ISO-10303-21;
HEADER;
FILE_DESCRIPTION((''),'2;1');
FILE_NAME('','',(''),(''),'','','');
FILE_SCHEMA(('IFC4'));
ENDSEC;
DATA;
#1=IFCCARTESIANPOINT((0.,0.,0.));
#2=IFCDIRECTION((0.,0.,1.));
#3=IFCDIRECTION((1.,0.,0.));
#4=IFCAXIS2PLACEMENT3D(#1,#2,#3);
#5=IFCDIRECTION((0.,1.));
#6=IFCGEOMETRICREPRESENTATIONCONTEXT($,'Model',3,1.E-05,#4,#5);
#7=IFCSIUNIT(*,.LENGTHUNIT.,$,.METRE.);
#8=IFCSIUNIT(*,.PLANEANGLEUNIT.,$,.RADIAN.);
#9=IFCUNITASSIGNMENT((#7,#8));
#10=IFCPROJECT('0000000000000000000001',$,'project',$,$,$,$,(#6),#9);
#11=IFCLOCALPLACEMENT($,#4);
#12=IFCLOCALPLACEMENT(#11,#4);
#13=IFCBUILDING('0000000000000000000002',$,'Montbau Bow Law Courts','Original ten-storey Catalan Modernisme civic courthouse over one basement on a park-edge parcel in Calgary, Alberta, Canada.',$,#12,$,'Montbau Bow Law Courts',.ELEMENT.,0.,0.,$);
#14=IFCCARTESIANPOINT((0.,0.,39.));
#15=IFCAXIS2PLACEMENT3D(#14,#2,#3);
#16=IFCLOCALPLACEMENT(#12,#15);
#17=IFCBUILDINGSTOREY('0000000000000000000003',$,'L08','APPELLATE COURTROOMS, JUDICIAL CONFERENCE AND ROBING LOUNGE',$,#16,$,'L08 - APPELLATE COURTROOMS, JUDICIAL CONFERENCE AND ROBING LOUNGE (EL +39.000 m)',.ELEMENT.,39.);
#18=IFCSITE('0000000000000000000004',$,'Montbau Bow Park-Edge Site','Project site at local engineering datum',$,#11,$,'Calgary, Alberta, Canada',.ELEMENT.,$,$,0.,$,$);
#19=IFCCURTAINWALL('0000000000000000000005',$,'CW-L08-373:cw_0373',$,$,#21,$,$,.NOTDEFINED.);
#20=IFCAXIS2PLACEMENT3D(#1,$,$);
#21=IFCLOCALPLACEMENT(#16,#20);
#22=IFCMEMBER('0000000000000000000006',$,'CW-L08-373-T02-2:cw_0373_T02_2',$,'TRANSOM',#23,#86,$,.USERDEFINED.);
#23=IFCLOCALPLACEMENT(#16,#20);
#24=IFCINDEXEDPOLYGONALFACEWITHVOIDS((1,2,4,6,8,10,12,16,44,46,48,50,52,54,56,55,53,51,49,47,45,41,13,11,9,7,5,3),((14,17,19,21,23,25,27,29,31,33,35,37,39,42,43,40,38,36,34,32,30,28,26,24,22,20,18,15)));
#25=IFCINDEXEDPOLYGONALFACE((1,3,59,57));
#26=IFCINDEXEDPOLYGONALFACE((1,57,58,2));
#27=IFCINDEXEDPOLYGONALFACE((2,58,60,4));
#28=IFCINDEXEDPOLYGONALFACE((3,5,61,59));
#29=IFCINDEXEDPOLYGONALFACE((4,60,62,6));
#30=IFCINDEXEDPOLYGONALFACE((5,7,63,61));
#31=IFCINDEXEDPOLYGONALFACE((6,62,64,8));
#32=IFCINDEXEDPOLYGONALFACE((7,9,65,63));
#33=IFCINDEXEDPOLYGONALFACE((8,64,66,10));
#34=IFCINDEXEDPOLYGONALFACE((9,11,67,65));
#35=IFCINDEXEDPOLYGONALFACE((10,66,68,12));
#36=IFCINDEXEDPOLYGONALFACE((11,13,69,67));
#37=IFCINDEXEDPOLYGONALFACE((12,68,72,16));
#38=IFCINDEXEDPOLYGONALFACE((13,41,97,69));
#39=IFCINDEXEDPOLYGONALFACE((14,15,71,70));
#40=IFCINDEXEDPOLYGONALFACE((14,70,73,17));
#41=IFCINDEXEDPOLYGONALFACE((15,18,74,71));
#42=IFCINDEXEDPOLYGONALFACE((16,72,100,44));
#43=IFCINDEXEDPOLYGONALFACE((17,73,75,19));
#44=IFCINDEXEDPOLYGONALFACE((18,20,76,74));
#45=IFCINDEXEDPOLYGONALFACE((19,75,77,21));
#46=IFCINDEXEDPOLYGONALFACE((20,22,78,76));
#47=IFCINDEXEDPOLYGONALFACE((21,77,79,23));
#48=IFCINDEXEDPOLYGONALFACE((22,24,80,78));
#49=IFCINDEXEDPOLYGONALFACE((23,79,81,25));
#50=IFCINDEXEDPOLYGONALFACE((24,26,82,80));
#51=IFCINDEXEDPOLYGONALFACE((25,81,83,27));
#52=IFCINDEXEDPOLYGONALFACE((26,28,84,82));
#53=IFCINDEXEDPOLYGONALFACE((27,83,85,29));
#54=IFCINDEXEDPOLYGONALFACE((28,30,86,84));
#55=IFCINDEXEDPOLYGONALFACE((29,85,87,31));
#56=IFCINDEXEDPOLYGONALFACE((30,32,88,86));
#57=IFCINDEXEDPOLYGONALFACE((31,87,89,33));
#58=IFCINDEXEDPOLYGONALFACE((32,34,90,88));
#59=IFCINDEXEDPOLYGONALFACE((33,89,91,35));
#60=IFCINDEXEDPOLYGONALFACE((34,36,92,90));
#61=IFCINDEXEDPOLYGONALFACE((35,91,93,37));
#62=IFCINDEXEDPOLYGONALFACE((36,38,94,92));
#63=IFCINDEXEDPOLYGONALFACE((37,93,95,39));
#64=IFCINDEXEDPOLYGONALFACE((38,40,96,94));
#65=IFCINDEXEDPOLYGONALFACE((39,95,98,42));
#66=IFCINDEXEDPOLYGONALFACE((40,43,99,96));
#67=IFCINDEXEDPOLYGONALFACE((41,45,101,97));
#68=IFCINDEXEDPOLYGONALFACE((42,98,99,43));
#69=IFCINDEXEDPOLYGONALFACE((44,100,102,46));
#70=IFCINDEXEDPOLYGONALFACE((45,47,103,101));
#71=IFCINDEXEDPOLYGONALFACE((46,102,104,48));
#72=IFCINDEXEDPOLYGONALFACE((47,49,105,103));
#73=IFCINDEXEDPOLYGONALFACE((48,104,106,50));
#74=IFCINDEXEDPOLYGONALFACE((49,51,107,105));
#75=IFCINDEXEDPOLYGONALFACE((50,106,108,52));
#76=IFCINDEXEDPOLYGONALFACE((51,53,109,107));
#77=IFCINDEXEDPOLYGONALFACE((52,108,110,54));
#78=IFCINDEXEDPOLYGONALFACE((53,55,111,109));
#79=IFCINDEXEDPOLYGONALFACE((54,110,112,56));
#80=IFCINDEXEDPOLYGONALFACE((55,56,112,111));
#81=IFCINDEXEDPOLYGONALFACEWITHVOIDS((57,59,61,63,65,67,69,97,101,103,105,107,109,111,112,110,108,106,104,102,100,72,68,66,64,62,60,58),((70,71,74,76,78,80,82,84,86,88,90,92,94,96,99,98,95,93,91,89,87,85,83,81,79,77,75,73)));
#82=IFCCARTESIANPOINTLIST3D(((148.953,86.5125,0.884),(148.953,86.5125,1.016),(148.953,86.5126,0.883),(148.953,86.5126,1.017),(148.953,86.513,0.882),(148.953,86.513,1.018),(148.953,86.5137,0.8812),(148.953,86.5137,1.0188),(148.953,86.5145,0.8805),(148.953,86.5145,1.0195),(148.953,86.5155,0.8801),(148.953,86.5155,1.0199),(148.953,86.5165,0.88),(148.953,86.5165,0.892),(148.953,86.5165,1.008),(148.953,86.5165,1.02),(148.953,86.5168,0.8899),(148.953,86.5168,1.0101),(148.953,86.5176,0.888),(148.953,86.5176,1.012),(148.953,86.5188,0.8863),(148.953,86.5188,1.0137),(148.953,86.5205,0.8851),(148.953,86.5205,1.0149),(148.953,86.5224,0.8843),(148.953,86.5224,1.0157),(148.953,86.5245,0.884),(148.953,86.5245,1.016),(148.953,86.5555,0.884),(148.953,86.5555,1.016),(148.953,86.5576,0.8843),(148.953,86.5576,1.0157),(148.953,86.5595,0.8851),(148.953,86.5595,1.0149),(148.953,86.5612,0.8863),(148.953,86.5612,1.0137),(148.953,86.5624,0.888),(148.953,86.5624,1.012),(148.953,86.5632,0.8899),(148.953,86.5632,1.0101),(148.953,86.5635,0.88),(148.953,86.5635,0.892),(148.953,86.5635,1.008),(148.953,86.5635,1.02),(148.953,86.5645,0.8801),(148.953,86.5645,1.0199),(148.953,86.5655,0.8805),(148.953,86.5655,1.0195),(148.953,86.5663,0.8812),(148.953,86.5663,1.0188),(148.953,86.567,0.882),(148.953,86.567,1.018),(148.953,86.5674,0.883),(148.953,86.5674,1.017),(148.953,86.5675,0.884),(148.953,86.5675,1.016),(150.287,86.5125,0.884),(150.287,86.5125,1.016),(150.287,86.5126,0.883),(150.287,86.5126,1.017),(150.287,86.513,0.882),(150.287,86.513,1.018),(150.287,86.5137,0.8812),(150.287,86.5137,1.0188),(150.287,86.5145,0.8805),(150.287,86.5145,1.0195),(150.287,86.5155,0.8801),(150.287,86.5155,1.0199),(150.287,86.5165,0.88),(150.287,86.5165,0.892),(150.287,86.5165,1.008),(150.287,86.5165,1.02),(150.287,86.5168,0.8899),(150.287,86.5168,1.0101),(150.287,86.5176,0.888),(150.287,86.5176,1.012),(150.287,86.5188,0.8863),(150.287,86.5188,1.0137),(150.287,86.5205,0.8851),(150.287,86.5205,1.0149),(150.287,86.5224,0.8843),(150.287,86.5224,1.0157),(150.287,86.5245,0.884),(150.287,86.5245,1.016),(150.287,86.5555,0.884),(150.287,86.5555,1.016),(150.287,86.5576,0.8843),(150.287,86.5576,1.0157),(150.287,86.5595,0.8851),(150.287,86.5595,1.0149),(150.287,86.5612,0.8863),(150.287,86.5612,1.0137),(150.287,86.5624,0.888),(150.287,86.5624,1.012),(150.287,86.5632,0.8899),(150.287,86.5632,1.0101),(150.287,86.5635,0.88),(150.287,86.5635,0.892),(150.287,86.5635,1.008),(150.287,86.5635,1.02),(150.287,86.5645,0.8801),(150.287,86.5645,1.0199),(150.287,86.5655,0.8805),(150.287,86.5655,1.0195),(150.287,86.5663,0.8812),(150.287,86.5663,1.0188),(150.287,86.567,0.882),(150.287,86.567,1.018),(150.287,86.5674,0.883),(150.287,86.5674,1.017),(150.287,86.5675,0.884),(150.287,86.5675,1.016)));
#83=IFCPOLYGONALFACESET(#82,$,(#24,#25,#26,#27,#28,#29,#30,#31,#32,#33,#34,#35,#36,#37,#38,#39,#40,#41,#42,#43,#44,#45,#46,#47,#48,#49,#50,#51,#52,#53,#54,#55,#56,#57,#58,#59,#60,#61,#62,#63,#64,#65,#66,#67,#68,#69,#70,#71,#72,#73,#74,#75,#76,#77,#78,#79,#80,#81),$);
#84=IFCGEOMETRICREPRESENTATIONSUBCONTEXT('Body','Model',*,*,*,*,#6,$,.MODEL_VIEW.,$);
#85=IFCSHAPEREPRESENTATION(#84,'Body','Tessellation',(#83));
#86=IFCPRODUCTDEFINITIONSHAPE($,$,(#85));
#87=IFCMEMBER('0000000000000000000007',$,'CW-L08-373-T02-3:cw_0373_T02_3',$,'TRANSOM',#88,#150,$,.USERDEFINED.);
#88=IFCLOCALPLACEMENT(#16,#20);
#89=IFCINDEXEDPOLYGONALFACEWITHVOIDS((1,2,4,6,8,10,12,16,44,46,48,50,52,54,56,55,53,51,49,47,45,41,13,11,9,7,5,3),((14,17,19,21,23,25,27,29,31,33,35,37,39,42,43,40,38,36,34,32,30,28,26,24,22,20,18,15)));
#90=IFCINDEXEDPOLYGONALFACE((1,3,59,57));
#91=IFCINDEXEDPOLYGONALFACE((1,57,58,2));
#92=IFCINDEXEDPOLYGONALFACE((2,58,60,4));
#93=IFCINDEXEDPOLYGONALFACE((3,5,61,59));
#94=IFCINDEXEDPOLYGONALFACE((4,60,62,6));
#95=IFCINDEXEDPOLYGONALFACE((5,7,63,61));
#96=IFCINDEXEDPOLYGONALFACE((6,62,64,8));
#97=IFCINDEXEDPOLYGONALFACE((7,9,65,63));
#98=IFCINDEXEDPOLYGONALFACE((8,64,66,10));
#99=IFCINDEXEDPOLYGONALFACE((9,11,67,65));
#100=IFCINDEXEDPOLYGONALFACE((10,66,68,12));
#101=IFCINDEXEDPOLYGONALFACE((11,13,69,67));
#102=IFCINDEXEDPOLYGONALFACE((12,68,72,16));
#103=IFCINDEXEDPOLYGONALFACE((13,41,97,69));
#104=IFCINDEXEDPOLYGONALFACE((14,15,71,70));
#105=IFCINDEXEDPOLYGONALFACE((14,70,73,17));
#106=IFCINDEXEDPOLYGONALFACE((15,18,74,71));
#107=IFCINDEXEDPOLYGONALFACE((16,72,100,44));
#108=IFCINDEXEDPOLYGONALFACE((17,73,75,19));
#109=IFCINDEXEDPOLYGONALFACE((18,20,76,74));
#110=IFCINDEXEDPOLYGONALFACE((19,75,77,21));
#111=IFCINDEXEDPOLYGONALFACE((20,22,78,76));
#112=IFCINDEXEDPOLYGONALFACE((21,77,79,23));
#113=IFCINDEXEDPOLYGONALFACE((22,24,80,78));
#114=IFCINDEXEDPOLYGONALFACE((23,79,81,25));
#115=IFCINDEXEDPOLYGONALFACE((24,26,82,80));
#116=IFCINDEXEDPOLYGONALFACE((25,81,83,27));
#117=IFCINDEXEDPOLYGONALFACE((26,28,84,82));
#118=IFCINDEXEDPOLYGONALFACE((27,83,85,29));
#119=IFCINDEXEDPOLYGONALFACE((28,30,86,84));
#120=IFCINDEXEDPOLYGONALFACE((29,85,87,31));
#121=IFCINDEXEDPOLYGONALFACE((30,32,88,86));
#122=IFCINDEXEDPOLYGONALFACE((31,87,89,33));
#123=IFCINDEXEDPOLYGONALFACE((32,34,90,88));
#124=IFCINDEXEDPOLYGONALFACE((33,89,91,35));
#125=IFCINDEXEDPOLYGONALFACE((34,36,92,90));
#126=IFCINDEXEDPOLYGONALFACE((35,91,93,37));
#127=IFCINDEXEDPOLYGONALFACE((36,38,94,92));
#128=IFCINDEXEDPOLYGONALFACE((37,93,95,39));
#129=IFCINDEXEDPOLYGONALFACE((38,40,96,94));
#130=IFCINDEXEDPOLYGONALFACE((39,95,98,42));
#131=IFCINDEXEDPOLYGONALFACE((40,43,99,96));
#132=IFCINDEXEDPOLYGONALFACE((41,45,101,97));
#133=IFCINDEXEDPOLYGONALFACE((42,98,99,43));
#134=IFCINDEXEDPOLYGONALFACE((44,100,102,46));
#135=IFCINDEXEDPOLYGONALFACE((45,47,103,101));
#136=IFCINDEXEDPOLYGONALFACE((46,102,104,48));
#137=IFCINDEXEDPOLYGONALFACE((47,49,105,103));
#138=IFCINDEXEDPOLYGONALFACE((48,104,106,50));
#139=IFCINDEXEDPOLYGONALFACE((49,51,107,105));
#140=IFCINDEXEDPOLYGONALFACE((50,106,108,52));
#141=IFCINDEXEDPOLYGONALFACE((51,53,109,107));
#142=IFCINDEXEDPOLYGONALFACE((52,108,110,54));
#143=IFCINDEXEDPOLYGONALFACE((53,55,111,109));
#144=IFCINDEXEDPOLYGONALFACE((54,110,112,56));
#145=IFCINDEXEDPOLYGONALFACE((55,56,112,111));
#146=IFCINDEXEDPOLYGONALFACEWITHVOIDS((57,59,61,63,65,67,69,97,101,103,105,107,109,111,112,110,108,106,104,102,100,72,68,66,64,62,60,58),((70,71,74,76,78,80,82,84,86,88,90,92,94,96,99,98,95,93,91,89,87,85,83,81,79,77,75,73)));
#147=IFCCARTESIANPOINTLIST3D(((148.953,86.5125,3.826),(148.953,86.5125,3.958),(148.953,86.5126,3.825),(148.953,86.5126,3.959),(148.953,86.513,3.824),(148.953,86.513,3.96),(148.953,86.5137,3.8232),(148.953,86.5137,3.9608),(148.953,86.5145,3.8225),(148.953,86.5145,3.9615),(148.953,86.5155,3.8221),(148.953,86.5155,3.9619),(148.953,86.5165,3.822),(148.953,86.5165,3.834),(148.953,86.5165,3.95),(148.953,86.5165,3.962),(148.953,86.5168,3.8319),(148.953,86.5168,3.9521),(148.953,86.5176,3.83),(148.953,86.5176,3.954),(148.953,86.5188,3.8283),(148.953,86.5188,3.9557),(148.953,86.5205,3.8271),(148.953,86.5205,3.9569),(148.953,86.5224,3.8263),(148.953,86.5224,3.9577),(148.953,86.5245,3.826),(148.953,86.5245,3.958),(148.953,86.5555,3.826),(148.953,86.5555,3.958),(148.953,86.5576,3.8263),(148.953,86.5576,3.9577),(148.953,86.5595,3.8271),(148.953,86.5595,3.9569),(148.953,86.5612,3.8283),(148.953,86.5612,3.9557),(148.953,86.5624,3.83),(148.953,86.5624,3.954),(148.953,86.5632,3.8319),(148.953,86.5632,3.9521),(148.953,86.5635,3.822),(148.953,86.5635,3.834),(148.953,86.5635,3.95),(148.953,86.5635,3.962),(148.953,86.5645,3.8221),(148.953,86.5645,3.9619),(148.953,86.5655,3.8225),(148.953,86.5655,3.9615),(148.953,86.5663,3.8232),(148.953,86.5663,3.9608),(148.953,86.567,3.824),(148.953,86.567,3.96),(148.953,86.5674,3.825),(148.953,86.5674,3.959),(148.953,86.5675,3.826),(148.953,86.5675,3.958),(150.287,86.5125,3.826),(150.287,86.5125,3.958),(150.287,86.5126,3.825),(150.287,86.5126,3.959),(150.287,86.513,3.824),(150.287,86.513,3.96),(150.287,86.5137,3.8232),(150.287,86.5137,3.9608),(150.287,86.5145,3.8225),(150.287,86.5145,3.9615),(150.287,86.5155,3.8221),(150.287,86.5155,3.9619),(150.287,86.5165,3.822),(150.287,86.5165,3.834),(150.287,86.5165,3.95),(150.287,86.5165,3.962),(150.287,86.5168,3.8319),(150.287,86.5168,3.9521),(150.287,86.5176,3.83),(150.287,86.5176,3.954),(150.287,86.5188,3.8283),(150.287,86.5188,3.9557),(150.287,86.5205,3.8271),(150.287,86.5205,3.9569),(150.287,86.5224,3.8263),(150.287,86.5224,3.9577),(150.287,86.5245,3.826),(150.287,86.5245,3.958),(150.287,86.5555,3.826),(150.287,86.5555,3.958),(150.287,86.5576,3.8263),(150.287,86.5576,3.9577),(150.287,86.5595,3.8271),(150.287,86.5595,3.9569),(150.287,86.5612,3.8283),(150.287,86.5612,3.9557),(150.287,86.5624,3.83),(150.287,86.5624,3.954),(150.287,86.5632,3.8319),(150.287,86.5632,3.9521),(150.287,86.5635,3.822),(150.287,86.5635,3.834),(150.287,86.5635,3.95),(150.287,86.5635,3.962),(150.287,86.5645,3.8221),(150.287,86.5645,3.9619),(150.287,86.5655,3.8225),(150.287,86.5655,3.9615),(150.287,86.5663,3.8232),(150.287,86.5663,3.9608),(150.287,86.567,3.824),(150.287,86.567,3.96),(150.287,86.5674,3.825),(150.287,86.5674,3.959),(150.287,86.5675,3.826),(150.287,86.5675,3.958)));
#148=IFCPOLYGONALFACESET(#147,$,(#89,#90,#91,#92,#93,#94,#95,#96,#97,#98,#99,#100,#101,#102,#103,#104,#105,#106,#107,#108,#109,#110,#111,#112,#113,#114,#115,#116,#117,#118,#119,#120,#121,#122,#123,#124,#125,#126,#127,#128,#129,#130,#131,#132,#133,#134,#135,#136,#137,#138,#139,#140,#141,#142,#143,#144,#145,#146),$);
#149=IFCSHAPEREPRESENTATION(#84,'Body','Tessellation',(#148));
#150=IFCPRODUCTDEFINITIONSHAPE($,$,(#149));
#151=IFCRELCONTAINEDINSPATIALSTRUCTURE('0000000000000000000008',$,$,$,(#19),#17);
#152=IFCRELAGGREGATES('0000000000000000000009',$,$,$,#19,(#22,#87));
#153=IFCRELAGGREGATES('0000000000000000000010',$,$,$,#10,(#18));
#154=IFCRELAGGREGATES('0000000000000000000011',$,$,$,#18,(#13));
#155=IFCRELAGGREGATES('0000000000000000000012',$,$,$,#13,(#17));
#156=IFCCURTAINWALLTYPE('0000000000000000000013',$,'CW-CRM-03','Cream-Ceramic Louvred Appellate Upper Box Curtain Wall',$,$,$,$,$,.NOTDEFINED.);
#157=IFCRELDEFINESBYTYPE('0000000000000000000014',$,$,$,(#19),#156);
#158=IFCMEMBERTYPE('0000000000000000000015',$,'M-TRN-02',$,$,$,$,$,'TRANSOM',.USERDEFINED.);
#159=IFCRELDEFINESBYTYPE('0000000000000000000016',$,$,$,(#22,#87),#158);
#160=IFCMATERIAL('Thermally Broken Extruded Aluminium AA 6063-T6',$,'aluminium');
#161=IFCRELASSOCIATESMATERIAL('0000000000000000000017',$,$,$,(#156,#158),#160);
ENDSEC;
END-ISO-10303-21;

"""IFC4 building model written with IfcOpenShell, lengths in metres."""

from ifc_helpers import new_model, si_unit, direction, frame, origin_with_axes, origin_2d_with_axis, place, context, subcontext, project, spatial, hollow_rectangle, extrude, material, material_profile, profile_set, type_object, element, aggregate, save


model = new_model("IFC4")

# Units and contexts
model_context = context("Model", 3, precision=1e-05, world=origin_with_axes(), true_north=direction((0.0, 1.0)))
body_context = subcontext(model_context, "Body", "Model", "MODEL_VIEW")
ifc_project = project(units=[si_unit("LENGTHUNIT", "METRE"), si_unit("PLANEANGLEUNIT", "RADIAN")], contexts=[model_context])

# Site, building, storey
site_placement = place(None, origin_with_axes())
site = spatial("IfcSite", under=ifc_project, at=site_placement, Name="Montbau Bow Park-Edge Site", Description="Project site at local engineering datum", LongName="Calgary, Alberta, Canada", CompositionType="ELEMENT", RefElevation=0.0)
building_placement = place(site_placement, origin_with_axes())
building = spatial("IfcBuilding", under=site, at=building_placement, Name="Montbau Bow Law Courts", Description="Original ten-storey Catalan Modernisme civic courthouse over one basement on a park-edge parcel in Calgary, Alberta, Canada.", LongName="Montbau Bow Law Courts", CompositionType="ELEMENT", ElevationOfRefHeight=0.0, ElevationOfTerrain=0.0)
storey_placement = place(building_placement, frame((0.0, 0.0, 39.0), z_axis=(0.0, 0.0, 1.0), x_axis=(1.0, 0.0, 0.0)))
storey = spatial("IfcBuildingStorey", under=building, at=storey_placement, Name="L08", Description="APPELLATE COURTROOMS, JUDICIAL CONFERENCE AND ROBING LOUNGE", LongName="L08 - APPELLATE COURTROOMS, JUDICIAL CONFERENCE AND ROBING LOUNGE (EL +39.000 m)", CompositionType="ELEMENT", Elevation=39.0)

# Shared definitions
ifc_material_1 = material(Name="Thermally Broken Extruded Aluminium AA 6063-T6", Category="aluminium")
curtain_wall_type = type_object("IfcCurtainWallType", Name="CW-CRM-03", Description="Cream-Ceramic Louvred Appellate Upper Box Curtain Wall", PredefinedType="NOTDEFINED", material=ifc_material_1)

# Curtain wall, members
curtain_wall_1_placement = place(None, frame((147.515, 86.54, 39.0), z_axis=(0.0, 0.0, 1.0), x_axis=(1.0, 0.0, 0.0)))
curtain_wall_1 = element("IfcCurtainWall", 1, at=curtain_wall_1_placement, inside=storey, type_object=curtain_wall_type, Name="CW-L08-373:cw_0373", PredefinedType="NOTDEFINED")
ifc_material_profile_1 = material_profile(ifc_material_1, hollow_rectangle(XDim=0.055, YDim=0.14, WallThickness=0.004, InnerFilletRadius=0.008, OuterFilletRadius=0.004, at=origin_2d_with_axis()), Name="CWT-140X55", Category="Main", Priority=0)
ifc_profile_set_1 = profile_set([ifc_material_profile_1], Name="Thermally Broken Extruded Aluminium AA 6063-T6")
member_type_1 = type_object("IfcMemberType", Name="M-TRN-02", ElementType="TRANSOM", PredefinedType="USERDEFINED", material=ifc_profile_set_1)
member_1_placement = place(None, frame((148.953, 86.54, 39.95), z_axis=(1.0, 0.0, 0.0), x_axis=(0.0, 1.0, 0.0)))
member_1 = element("IfcMember", 2, at=member_1_placement, type_object=member_type_1, Name="CW-L08-373-T02-2:cw_0373_T02_2", ObjectType="TRANSOM", PredefinedType="USERDEFINED", context=body_context, shape_type="SweptSolid", body=[
    extrude(hollow_rectangle(XDim=0.055, YDim=0.14, WallThickness=0.004, InnerFilletRadius=0.008, OuterFilletRadius=0.004, at=origin_2d_with_axis()), origin_with_axes(), (0.0, 0.0, 1.0), 1.334),
])
member_2_placement = place(None, frame((148.953, 86.54, 42.892), z_axis=(1.0, 0.0, 0.0), x_axis=(0.0, 1.0, 0.0)))
member_2 = element("IfcMember", 3, at=member_2_placement, type_object=member_type_1, Name="CW-L08-373-T02-3:cw_0373_T02_3", ObjectType="TRANSOM", PredefinedType="USERDEFINED", context=body_context, shape_type="SweptSolid", body=[
    extrude(hollow_rectangle(XDim=0.055, YDim=0.14, WallThickness=0.004, InnerFilletRadius=0.008, OuterFilletRadius=0.004, at=origin_2d_with_axis()), origin_with_axes(), (0.0, 0.0, 1.0), 1.334),
])
aggregate(curtain_wall_1, [member_1, member_2])

save(model, "model.ifc")
